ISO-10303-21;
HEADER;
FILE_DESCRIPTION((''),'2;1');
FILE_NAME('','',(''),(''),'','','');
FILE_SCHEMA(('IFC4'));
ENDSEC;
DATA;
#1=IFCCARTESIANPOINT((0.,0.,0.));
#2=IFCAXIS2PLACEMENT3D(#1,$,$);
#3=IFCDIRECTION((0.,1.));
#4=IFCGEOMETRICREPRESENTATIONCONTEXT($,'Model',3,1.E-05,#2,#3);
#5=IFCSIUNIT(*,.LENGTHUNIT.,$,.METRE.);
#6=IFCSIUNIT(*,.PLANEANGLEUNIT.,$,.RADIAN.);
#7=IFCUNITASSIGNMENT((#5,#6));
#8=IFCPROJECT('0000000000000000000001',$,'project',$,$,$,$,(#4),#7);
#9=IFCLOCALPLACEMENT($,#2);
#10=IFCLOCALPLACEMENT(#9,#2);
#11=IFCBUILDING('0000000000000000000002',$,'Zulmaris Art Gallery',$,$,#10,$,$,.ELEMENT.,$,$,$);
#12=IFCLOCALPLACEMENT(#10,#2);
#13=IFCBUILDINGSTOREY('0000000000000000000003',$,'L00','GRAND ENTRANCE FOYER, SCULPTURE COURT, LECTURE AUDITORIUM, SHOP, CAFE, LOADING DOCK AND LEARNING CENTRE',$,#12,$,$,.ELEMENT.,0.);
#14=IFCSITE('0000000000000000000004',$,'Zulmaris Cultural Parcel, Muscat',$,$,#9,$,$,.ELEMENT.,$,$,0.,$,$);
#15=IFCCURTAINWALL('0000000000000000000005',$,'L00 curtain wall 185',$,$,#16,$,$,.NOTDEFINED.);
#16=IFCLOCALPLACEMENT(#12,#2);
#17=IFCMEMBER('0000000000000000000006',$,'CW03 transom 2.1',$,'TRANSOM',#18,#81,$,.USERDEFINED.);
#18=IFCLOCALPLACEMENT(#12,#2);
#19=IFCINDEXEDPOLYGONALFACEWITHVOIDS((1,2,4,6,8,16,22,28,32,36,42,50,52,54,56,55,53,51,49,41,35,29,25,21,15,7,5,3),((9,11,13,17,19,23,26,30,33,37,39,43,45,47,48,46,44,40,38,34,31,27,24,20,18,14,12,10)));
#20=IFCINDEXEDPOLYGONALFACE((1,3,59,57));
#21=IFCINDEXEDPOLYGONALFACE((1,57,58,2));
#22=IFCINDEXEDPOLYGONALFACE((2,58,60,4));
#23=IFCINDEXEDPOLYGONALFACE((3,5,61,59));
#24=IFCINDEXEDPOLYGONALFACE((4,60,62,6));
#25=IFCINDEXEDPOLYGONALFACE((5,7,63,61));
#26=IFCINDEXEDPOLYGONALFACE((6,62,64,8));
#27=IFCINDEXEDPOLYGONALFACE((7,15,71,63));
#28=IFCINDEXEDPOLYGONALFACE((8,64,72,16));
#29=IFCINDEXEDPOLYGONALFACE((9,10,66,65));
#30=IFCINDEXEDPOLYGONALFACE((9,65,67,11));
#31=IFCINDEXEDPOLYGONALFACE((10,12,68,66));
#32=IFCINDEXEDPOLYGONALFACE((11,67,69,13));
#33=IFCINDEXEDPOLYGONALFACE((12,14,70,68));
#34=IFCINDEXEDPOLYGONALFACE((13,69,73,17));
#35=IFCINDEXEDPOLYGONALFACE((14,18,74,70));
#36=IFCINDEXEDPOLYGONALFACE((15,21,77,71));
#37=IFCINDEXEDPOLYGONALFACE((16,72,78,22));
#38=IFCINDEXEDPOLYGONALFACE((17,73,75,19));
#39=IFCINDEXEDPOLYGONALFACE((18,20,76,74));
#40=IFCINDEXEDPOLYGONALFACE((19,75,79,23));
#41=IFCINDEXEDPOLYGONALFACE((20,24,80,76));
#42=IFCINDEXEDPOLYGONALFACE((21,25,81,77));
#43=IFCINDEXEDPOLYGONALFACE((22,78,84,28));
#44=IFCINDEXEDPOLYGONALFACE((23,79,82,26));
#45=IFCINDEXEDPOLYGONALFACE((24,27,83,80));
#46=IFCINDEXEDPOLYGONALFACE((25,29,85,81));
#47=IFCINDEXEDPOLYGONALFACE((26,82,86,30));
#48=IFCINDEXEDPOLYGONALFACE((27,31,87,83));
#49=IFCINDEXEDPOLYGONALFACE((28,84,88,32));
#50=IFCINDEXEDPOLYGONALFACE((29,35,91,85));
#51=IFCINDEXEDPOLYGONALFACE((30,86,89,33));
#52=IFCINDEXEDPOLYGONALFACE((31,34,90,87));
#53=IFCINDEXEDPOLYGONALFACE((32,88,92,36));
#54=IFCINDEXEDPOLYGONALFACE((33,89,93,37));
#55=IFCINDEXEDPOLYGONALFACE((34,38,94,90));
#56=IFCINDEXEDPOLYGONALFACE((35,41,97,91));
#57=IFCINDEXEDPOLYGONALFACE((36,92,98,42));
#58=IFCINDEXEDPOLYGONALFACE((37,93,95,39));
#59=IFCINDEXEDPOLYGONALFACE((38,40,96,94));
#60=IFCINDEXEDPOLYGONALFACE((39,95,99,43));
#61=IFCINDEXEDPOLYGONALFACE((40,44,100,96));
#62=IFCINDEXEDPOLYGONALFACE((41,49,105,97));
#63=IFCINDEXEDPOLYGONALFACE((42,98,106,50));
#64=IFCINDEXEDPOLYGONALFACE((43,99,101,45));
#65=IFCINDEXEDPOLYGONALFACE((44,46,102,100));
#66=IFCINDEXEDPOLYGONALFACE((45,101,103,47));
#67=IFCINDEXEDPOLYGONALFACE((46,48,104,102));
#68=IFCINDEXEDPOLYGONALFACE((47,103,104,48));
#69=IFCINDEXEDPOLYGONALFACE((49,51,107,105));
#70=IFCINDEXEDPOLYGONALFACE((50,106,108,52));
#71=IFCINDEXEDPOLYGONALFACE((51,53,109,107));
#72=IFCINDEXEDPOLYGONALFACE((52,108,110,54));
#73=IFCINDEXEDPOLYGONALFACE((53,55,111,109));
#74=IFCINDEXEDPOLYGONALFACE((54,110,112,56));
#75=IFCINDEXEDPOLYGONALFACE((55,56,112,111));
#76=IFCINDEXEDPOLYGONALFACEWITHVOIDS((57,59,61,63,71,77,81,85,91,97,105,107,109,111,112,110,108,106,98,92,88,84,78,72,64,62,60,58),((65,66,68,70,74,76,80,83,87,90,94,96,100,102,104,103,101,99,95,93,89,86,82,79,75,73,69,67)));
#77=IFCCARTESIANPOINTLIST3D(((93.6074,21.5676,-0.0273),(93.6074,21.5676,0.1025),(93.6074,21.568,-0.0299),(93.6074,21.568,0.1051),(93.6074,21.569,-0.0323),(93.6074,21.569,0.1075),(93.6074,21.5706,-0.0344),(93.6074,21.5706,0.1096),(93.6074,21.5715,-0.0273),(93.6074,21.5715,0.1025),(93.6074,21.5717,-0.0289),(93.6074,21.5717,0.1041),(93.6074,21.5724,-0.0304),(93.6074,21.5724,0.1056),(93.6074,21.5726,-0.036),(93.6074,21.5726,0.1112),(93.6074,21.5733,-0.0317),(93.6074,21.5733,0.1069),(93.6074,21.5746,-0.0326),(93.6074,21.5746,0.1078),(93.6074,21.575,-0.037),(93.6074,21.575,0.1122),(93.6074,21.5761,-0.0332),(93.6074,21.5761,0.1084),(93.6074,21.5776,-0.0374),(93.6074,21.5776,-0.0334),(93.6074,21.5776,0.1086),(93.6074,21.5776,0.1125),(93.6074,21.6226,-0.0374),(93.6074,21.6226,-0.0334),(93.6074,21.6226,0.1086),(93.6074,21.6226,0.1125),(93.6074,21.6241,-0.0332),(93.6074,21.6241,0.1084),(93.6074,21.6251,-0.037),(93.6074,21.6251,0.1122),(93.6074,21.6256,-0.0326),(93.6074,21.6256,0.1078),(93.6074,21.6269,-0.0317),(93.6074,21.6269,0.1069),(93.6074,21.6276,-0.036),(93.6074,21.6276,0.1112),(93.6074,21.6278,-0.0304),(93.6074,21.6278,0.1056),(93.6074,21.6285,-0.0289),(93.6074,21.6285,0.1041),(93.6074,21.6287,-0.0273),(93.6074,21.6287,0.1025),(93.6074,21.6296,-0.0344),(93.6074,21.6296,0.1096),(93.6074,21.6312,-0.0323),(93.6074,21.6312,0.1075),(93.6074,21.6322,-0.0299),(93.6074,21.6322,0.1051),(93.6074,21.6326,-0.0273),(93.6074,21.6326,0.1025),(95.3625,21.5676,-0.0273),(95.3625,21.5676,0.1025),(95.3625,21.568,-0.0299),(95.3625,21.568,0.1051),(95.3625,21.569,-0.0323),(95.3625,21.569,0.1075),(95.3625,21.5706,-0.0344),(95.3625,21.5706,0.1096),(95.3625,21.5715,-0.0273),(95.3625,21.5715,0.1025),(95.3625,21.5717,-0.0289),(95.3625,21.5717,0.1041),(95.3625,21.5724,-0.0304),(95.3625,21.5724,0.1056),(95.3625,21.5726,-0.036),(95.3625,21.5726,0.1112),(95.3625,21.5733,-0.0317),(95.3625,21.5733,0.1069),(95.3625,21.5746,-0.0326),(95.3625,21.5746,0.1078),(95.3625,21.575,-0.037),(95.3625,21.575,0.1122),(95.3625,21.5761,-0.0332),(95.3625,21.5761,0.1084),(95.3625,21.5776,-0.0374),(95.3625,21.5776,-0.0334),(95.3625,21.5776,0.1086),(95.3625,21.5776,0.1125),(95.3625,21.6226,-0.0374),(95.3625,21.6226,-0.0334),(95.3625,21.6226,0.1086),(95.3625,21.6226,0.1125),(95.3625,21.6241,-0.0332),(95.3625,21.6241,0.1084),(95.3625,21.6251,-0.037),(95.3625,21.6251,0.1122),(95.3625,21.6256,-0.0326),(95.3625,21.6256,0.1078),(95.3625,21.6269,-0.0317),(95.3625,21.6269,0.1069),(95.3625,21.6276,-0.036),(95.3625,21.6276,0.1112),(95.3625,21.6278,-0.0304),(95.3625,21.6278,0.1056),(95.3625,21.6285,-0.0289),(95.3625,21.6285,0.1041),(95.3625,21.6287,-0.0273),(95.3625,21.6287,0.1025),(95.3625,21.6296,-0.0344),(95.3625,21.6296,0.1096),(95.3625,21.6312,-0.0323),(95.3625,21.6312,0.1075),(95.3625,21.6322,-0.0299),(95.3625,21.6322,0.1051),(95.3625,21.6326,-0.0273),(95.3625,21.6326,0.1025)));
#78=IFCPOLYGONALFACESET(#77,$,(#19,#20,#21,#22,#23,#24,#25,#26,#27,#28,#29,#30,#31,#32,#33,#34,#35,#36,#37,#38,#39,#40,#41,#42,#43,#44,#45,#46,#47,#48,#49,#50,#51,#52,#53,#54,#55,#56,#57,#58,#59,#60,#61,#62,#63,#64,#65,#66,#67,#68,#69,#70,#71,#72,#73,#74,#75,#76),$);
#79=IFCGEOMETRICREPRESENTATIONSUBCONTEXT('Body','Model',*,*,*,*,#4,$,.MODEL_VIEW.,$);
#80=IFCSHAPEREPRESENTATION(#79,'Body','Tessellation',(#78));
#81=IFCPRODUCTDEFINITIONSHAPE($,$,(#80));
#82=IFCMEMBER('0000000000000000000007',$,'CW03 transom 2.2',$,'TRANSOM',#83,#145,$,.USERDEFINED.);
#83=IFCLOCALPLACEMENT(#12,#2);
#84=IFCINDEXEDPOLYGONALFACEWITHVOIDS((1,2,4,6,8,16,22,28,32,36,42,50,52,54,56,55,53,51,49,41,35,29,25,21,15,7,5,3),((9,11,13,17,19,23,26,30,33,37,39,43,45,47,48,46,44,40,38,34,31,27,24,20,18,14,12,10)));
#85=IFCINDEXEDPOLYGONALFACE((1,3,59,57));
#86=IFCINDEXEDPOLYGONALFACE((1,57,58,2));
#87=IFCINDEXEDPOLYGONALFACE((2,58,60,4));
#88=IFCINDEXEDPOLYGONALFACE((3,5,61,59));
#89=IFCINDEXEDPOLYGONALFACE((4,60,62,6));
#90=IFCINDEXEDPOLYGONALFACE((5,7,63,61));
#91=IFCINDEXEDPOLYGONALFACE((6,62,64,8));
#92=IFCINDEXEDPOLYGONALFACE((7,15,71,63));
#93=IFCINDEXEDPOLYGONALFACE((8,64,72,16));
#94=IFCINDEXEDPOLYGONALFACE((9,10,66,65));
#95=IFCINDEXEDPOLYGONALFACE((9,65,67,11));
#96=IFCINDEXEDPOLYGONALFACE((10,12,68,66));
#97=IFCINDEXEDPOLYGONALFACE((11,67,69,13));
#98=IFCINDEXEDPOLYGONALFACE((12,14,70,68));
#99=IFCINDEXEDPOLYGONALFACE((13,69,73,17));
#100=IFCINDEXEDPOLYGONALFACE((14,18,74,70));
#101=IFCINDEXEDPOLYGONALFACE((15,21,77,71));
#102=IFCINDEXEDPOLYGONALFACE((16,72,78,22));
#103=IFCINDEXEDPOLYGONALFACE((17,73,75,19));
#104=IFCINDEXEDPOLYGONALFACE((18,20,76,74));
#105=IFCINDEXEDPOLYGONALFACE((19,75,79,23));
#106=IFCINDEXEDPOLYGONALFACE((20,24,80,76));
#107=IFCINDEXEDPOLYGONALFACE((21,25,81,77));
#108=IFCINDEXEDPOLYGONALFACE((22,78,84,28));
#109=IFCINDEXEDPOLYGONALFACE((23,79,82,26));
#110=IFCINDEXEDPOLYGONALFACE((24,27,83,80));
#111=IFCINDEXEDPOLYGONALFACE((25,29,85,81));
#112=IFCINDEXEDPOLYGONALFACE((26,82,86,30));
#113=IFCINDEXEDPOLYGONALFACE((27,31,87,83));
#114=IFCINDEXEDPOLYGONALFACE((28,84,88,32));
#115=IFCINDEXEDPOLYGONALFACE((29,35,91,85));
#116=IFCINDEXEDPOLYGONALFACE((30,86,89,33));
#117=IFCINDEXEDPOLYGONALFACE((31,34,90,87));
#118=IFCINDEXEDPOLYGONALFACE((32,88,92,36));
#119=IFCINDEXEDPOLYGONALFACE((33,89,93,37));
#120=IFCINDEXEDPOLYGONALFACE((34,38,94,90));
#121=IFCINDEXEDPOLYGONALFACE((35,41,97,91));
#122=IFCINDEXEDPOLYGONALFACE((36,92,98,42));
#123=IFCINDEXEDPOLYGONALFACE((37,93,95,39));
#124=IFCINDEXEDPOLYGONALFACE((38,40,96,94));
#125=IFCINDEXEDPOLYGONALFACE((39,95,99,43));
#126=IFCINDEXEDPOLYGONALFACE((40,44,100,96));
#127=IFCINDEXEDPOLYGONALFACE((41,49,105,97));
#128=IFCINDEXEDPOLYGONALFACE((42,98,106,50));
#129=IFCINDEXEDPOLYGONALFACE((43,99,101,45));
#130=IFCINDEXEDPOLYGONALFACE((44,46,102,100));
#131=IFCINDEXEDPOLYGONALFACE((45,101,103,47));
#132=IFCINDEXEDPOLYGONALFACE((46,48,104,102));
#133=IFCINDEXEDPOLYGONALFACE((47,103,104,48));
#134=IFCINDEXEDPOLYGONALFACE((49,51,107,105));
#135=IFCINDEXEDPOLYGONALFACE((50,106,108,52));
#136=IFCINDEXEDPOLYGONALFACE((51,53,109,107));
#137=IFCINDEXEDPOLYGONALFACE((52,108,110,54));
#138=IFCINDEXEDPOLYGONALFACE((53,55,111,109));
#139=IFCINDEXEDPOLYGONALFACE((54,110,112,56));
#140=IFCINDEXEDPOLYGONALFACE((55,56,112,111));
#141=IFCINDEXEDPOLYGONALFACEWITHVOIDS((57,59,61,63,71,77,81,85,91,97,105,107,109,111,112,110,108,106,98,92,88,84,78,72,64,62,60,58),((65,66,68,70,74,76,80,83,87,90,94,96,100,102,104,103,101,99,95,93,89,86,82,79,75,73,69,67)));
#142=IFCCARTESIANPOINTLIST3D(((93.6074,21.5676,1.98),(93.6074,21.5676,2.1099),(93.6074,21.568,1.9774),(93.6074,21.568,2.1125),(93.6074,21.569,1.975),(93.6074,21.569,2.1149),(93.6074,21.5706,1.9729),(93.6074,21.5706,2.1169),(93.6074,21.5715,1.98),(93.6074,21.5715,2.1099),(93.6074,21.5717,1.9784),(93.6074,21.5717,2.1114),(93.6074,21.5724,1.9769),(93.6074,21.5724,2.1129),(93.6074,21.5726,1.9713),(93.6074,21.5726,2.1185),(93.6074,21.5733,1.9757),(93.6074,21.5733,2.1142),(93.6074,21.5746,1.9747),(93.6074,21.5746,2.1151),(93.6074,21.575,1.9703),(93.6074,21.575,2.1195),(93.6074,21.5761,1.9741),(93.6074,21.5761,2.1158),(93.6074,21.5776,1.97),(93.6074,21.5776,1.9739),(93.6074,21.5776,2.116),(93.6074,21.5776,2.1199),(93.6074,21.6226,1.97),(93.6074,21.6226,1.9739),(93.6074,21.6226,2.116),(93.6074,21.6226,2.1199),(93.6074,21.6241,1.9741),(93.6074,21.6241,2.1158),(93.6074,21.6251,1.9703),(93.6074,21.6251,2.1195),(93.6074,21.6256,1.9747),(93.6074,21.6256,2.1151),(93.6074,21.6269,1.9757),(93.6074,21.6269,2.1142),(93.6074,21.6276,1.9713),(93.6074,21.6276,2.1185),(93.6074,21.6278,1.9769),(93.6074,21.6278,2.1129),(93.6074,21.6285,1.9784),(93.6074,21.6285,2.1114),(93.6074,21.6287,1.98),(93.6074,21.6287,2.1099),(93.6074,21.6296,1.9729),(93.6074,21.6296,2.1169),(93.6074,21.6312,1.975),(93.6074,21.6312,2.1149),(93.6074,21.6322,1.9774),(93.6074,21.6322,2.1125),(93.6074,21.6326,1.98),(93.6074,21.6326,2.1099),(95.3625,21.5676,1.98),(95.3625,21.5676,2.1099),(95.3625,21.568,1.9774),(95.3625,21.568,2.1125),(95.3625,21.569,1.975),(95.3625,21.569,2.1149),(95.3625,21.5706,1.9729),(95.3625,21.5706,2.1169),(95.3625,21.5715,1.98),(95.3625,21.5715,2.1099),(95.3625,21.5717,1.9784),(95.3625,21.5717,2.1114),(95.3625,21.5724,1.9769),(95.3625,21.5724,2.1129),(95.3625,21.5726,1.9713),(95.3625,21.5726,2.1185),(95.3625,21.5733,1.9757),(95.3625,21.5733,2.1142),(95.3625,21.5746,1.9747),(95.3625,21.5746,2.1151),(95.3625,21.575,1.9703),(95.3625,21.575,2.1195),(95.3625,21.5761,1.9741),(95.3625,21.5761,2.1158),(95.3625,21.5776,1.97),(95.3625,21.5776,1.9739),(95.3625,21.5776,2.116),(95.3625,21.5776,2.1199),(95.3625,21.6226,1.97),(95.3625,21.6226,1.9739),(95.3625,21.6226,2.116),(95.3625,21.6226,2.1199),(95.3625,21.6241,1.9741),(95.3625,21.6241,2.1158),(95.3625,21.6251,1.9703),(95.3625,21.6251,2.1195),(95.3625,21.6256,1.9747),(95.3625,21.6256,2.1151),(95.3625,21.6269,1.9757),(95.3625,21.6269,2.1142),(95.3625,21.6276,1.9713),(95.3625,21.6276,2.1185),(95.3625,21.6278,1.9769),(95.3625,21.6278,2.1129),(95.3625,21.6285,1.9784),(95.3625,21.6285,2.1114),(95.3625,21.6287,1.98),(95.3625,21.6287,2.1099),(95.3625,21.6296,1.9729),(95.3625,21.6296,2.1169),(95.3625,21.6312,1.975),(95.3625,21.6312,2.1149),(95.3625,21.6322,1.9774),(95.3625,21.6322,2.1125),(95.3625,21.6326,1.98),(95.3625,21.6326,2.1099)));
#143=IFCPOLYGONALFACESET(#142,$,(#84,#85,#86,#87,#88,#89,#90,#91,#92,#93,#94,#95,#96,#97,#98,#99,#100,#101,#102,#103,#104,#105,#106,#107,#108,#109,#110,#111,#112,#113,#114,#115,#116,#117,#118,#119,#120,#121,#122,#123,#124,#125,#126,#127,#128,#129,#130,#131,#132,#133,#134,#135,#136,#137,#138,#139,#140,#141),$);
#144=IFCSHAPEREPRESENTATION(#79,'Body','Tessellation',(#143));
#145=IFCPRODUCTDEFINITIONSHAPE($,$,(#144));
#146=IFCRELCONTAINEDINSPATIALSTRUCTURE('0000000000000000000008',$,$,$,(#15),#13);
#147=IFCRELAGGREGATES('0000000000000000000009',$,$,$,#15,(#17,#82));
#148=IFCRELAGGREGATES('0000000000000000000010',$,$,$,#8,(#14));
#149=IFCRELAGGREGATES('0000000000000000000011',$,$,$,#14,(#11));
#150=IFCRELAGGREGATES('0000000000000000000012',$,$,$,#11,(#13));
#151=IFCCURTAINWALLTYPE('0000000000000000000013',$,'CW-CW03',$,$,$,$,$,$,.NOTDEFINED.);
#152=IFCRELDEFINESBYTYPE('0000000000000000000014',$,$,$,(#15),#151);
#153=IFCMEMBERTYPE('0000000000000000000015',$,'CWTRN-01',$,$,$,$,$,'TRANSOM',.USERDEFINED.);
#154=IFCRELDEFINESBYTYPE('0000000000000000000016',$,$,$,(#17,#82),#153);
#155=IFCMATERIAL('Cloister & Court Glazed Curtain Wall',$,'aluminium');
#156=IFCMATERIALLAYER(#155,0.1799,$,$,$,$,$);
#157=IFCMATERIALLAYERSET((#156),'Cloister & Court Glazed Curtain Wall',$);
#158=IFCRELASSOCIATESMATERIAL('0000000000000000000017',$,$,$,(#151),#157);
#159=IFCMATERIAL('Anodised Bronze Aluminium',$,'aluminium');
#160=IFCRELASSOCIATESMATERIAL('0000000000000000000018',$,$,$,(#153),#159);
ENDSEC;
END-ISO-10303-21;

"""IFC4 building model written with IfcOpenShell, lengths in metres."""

from ifc_helpers import new_model, si_unit, direction, frame, origin, origin_2d, place, context, subcontext, project, spatial, hollow_rectangle, extrude, material, layer, layer_set, material_profile, profile_set, type_object, element, aggregate, save


model = new_model("IFC4")

# Units and contexts
model_context = context("Model", 3, precision=1e-05, world=origin(), true_north=direction((0.0, 1.0)))
body_context = subcontext(model_context, "Body", "Model", "MODEL_VIEW")
ifc_project = project(units=[si_unit("LENGTHUNIT", "METRE"), si_unit("PLANEANGLEUNIT", "RADIAN")], contexts=[model_context])

# Site, building, storey
site_placement = place(None, origin())
site = spatial("IfcSite", under=ifc_project, at=site_placement, Name="Zulmaris Cultural Parcel, Muscat", CompositionType="ELEMENT", RefElevation=0.0)
building_placement = place(site_placement, origin())
building = spatial("IfcBuilding", under=site, at=building_placement, Name="Zulmaris Art Gallery", CompositionType="ELEMENT")
storey_placement = place(building_placement, origin())
storey = spatial("IfcBuildingStorey", under=building, at=storey_placement, Name="L00", Description="GRAND ENTRANCE FOYER, SCULPTURE COURT, LECTURE AUDITORIUM, SHOP, CAFE, LOADING DOCK AND LEARNING CENTRE", CompositionType="ELEMENT", Elevation=0.0)

# Shared definitions
ifc_material_1 = material(Name="Cloister & Court Glazed Curtain Wall", Category="aluminium")
ifc_layer_1 = layer(ifc_material_1, 0.1799)
ifc_layer_set_1 = layer_set([ifc_layer_1], Name="Cloister & Court Glazed Curtain Wall")
curtain_wall_type = type_object("IfcCurtainWallType", Name="CW-CW03", PredefinedType="NOTDEFINED", material=ifc_layer_set_1)
ifc_material_2 = material(Name="Anodised Bronze Aluminium", Category="aluminium")

# Curtain wall
curtain_wall_1_placement = place(storey_placement, origin())
curtain_wall_1 = element("IfcCurtainWall", 1, at=curtain_wall_1_placement, inside=storey, type_object=curtain_wall_type, Name="L00 curtain wall 185", PredefinedType="NOTDEFINED")

# Members
ifc_material_profile_1 = material_profile(ifc_material_2, hollow_rectangle(XDim=0.0649, YDim=0.1499, WallThickness=0.0039, InnerFilletRadius=0.0061, OuterFilletRadius=0.01, at=origin_2d()), Name="ALU 65x150x4")
ifc_profile_set_1 = profile_set([ifc_material_profile_1], Name="Anodised Bronze Aluminium")
member_type_1 = type_object("IfcMemberType", Name="CWTRN-01", ElementType="TRANSOM", PredefinedType="USERDEFINED", material=ifc_profile_set_1)
member_1_placement = place(storey_placement, frame((93.6074, 21.6001, 0.0376), z_axis=(1.0, 0.0, 0.0), x_axis=(0.0, 1.0, 0.0)))
member_1 = element("IfcMember", 2, at=member_1_placement, type_object=member_type_1, Name="CW03 transom 2.1", ObjectType="TRANSOM", PredefinedType="USERDEFINED", context=body_context, shape_type="SweptSolid", body=[
    extrude(hollow_rectangle(XDim=0.0649, YDim=0.1499, WallThickness=0.0039, InnerFilletRadius=0.0061, OuterFilletRadius=0.01, at=origin_2d()), origin(), (0.0, 0.0, 1.0), 1.7551),
])
member_2_placement = place(storey_placement, frame((93.6074, 21.6001, 2.0449), z_axis=(1.0, 0.0, 0.0), x_axis=(0.0, 1.0, 0.0)))
member_2 = element("IfcMember", 3, at=member_2_placement, type_object=member_type_1, Name="CW03 transom 2.2", ObjectType="TRANSOM", PredefinedType="USERDEFINED", context=body_context, shape_type="SweptSolid", body=[
    extrude(hollow_rectangle(XDim=0.0649, YDim=0.1499, WallThickness=0.0039, InnerFilletRadius=0.0061, OuterFilletRadius=0.01, at=origin_2d()), origin(), (0.0, 0.0, 1.0), 1.7551),
])

aggregate(curtain_wall_1, [member_1, member_2])

save(model, "model.ifc")
